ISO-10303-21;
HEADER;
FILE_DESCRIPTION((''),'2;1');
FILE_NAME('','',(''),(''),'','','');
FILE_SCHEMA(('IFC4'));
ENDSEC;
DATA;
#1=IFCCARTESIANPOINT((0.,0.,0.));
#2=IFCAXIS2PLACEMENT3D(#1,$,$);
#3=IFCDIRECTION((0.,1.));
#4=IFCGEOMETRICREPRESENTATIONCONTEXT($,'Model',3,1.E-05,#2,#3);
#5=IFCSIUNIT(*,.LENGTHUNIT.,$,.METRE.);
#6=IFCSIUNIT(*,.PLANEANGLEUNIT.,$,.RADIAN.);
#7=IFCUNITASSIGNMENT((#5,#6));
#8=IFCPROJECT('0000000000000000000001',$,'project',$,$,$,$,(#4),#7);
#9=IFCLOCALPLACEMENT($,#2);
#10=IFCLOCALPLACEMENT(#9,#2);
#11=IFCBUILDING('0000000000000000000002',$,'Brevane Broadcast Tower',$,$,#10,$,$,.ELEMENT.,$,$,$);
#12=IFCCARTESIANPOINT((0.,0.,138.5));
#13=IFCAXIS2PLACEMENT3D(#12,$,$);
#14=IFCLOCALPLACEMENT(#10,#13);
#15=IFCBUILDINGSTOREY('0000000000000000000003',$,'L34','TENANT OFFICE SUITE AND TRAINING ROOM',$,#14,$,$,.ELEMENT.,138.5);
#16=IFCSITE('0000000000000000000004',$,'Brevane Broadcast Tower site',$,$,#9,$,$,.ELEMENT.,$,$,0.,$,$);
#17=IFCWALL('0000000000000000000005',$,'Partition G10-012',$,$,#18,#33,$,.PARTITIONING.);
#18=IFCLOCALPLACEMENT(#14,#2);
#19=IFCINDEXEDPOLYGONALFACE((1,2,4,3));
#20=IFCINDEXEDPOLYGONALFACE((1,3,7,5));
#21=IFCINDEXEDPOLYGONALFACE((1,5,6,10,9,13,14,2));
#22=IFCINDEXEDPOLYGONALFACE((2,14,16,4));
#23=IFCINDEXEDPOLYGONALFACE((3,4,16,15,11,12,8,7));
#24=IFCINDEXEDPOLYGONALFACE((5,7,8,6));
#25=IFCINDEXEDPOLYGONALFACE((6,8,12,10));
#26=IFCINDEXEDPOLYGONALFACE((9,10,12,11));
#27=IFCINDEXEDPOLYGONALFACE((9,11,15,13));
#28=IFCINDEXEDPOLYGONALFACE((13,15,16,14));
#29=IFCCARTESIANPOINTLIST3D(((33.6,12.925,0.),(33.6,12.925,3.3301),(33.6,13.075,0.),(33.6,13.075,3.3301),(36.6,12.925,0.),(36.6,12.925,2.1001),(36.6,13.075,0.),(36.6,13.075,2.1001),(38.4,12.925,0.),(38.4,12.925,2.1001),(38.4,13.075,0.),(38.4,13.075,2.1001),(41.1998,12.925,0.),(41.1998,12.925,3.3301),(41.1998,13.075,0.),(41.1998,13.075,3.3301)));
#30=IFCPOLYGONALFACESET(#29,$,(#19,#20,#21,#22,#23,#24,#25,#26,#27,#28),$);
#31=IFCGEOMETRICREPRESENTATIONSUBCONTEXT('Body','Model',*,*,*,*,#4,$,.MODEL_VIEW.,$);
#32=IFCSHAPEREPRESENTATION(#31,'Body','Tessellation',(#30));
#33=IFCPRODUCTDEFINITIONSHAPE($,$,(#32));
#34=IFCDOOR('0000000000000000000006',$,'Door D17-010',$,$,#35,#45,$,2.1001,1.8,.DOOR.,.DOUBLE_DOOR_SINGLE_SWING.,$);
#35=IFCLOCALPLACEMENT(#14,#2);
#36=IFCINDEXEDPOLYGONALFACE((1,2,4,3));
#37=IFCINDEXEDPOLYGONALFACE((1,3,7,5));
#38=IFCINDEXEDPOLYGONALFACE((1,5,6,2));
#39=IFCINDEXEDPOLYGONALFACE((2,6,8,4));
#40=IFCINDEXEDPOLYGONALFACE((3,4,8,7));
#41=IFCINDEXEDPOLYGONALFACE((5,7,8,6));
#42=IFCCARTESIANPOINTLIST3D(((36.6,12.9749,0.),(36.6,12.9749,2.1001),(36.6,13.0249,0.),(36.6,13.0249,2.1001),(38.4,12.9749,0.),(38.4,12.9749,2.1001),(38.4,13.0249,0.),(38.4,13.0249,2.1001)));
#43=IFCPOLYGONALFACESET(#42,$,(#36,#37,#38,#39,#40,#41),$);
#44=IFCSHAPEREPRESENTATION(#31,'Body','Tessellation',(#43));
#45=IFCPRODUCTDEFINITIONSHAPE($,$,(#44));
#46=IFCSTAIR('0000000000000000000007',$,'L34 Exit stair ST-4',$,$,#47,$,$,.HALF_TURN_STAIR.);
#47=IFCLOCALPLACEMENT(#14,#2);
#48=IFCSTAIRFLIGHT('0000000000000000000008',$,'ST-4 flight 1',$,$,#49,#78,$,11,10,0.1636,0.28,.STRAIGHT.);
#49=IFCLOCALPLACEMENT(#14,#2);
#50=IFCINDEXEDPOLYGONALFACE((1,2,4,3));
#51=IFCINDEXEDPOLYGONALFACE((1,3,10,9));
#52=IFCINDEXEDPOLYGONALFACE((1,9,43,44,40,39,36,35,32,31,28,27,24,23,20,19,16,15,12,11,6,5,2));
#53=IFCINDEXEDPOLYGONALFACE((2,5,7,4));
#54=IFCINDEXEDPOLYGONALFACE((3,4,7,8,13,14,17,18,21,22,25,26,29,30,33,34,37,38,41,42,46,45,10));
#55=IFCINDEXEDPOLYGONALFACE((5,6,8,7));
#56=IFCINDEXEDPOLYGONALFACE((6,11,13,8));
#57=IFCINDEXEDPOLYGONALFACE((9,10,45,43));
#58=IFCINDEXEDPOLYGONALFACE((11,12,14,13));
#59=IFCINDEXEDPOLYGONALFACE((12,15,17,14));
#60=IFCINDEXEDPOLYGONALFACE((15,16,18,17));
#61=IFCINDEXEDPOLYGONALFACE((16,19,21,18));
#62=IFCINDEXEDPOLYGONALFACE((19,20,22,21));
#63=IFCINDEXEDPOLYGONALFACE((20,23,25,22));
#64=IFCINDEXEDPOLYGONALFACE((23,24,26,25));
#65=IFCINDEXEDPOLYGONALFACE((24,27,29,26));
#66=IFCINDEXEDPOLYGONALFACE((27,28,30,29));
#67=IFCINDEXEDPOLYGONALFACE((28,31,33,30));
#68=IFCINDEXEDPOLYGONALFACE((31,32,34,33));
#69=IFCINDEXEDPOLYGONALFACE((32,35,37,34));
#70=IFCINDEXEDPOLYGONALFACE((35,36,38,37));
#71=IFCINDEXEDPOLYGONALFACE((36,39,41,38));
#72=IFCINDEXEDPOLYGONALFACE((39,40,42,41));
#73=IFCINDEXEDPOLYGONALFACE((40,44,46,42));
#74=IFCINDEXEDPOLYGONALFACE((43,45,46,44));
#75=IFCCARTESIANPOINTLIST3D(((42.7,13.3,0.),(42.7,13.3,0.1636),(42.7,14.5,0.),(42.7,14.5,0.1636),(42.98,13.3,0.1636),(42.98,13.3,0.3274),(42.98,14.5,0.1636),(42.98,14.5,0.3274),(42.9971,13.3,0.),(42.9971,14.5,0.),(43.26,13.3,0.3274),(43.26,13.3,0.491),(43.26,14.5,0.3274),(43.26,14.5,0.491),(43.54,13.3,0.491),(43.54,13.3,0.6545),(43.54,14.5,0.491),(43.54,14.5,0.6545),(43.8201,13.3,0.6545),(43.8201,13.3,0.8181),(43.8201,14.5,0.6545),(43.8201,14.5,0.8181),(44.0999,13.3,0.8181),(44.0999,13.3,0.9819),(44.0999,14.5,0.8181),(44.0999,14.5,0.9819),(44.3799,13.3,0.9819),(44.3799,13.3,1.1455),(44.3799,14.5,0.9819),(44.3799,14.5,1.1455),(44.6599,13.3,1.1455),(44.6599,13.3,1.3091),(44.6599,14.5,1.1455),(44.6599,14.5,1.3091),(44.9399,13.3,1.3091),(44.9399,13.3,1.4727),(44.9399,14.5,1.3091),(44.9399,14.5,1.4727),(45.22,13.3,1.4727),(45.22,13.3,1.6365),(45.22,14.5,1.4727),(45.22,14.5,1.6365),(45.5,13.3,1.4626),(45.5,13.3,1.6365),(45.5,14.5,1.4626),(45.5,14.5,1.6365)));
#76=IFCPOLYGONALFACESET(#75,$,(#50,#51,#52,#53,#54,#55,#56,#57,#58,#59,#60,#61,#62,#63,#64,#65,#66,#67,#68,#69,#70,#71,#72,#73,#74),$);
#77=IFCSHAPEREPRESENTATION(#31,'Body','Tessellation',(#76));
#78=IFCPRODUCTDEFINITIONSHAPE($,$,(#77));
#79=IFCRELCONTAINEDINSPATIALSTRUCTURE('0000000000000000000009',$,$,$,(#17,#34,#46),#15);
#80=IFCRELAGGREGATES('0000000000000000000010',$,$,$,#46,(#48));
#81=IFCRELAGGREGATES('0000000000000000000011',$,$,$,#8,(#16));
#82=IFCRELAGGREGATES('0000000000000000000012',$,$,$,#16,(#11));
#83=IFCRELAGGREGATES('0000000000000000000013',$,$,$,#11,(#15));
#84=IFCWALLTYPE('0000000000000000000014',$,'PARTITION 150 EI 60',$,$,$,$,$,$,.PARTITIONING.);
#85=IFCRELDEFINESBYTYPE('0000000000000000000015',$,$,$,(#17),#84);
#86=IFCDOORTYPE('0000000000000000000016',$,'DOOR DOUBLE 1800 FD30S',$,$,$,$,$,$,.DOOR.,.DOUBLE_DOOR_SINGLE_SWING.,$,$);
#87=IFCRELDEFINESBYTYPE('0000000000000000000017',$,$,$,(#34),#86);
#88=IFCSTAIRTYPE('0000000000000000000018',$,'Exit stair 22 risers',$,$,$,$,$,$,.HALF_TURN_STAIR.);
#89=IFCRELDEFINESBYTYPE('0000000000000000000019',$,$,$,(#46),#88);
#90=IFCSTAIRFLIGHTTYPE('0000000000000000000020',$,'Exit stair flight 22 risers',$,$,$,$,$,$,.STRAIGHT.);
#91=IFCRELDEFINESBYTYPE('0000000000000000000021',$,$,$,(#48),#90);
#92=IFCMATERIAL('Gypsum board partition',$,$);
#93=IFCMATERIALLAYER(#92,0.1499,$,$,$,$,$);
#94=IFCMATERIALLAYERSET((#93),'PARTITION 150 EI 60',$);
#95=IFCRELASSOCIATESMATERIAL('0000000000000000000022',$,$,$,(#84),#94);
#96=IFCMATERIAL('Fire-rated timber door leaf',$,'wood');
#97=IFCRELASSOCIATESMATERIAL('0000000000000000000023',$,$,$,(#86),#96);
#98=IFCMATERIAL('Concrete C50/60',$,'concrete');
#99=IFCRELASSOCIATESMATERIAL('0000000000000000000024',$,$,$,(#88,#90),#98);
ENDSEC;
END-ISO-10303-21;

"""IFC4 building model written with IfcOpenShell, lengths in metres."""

from ifc_helpers import new_model, si_unit, direction, frame, frame_2d, origin, place, context, subcontext, project, spatial, polyline, rectangle, outline, extrude, material, layer, layer_set, type_object, element, fill, aggregate, save


model = new_model("IFC4")

# Units and contexts
model_context = context("Model", 3, precision=1e-05, world=origin(), true_north=direction((0.0, 1.0)))
body_context = subcontext(model_context, "Body", "Model", "MODEL_VIEW")
ifc_project = project(units=[si_unit("LENGTHUNIT", "METRE"), si_unit("PLANEANGLEUNIT", "RADIAN")], contexts=[model_context])

# Site, building, storey
site_placement = place(None, origin())
site = spatial("IfcSite", under=ifc_project, at=site_placement, Name="Brevane Broadcast Tower site", CompositionType="ELEMENT", RefElevation=0.0)
building_placement = place(site_placement, origin())
building = spatial("IfcBuilding", under=site, at=building_placement, Name="Brevane Broadcast Tower", CompositionType="ELEMENT")
storey_placement = place(building_placement, frame((0.0, 0.0, 138.5)))
storey = spatial("IfcBuildingStorey", under=building, at=storey_placement, Name="L34", Description="TENANT OFFICE SUITE AND TRAINING ROOM", CompositionType="ELEMENT", Elevation=138.5)

# Shared definitions
ifc_material_1 = material(Name="Gypsum board partition")

# Shared definitions
ifc_layer_1 = layer(ifc_material_1, 0.1499)
ifc_layer_set_1 = layer_set([ifc_layer_1], Name="PARTITION 150 EI 60")
wall_type_1 = type_object("IfcWallType", Name="PARTITION 150 EI 60", PredefinedType="PARTITIONING", material=ifc_layer_set_1)
ifc_material_2 = material(Name="Fire-rated timber door leaf", Category="wood")

# Wall, opening, door
wall_1_placement = place(storey_placement, frame((33.6001, 13.0, 0.0), z_axis=(0.0, 0.0, 1.0), x_axis=(1.0, 0.0, 0.0)))
wall_1 = element("IfcWall", 1, at=wall_1_placement, inside=storey, type_object=wall_type_1, Name="Partition G10-012", PredefinedType="PARTITIONING", context=body_context, shape_type="SweptSolid", body=[
    extrude(rectangle(XDim=7.5999, YDim=0.1499, at=frame_2d((3.7998, 0.0))), origin(), (0.0, 0.0, 1.0), 3.3301),
])
opening_1_placement = place(wall_1_placement, frame((3.0, 0.0, 0.0)))
opening_1 = element("IfcOpeningElement", 2, at=opening_1_placement, cuts=wall_1, PredefinedType="OPENING", context=body_context, shape_type="SweptSolid", body=[
    extrude(rectangle(XDim=1.8, YDim=2.1001, at=frame_2d((0.8999, 1.05))), frame((0.0, 0.085, 0.0), z_axis=(0.0, -1.0, 0.0), x_axis=(1.0, 0.0, 0.0)), (0.0, 0.0, 1.0), 0.1699),
])
door_type_1 = type_object("IfcDoorType", Name="DOOR DOUBLE 1800 FD30S", OperationType="DOUBLE_DOOR_SINGLE_SWING", PredefinedType="DOOR", material=ifc_material_2)
door_1_placement = place(opening_1_placement, origin())
door_1 = element("IfcDoor", 3, at=door_1_placement, inside=storey, type_object=door_type_1, Name="Door D17-010", OperationType="DOUBLE_DOOR_SINGLE_SWING", OverallHeight=2.1001, OverallWidth=1.8, PredefinedType="DOOR", context=body_context, shape_type="SweptSolid", body=[
    extrude(rectangle(XDim=1.8, YDim=2.1001, at=frame_2d((0.8999, 1.05))), frame((0.0, 0.0249, 0.0), z_axis=(0.0, -1.0, 0.0), x_axis=(1.0, 0.0, 0.0)), (0.0, 0.0, 1.0), 0.05),
])
fill(opening_1, door_1)

# Stair, stair flight
ifc_material_3 = material(Name="Concrete C50/60", Category="concrete")
stair_type = type_object("IfcStairType", Name="Exit stair 22 risers", PredefinedType="HALF_TURN_STAIR", material=ifc_material_3)
stair_placement = place(storey_placement, origin())
stair = element("IfcStair", 4, at=stair_placement, inside=storey, type_object=stair_type, Name="L34 Exit stair ST-4", PredefinedType="HALF_TURN_STAIR")
stair_flight_type = type_object("IfcStairFlightType", Name="Exit stair flight 22 risers", PredefinedType="STRAIGHT", material=ifc_material_3)
stair_flight_placement = place(storey_placement, frame((42.7, 13.8999, 0.0), z_axis=(0.0, 0.0, 1.0), x_axis=(1.0, 0.0, 0.0)))
stair_flight = element("IfcStairFlight", 5, at=stair_flight_placement, type_object=stair_flight_type, Name="ST-4 flight 1", NumberOfRisers=11, NumberOfTreads=10, PredefinedType="STRAIGHT", RiserHeight=0.1636, TreadLength=0.28, context=body_context, shape_type="SweptSolid", body=[
    extrude(outline(polyline([(0.0, 0.0), (0.0, 0.1636), (0.28, 0.1636), (0.28, 0.3274), (0.5601, 0.3274), (0.5601, 0.491), (0.8401, 0.491), (0.8401, 0.6545), (1.1201, 0.6545), (1.1201, 0.8181), (1.3999, 0.8181), (1.3999, 0.9819), (1.6799, 0.9819), (1.6799, 1.1455), (1.96, 1.1455), (1.96, 1.3091), (2.24, 1.3091), (2.24, 1.4727), (2.52, 1.4727), (2.52, 1.6365), (2.8, 1.6365), (2.8, 1.8), (2.8, 1.4626), (0.2971, 0.0), (0.0, 0.0)])), frame((0.0, 0.6001, 0.0), z_axis=(0.0, -1.0, 0.0), x_axis=(1.0, 0.0, 0.0)), (0.0, 0.0, 1.0), 1.2),
])
aggregate(stair, [stair_flight])

save(model, "model.ifc")
